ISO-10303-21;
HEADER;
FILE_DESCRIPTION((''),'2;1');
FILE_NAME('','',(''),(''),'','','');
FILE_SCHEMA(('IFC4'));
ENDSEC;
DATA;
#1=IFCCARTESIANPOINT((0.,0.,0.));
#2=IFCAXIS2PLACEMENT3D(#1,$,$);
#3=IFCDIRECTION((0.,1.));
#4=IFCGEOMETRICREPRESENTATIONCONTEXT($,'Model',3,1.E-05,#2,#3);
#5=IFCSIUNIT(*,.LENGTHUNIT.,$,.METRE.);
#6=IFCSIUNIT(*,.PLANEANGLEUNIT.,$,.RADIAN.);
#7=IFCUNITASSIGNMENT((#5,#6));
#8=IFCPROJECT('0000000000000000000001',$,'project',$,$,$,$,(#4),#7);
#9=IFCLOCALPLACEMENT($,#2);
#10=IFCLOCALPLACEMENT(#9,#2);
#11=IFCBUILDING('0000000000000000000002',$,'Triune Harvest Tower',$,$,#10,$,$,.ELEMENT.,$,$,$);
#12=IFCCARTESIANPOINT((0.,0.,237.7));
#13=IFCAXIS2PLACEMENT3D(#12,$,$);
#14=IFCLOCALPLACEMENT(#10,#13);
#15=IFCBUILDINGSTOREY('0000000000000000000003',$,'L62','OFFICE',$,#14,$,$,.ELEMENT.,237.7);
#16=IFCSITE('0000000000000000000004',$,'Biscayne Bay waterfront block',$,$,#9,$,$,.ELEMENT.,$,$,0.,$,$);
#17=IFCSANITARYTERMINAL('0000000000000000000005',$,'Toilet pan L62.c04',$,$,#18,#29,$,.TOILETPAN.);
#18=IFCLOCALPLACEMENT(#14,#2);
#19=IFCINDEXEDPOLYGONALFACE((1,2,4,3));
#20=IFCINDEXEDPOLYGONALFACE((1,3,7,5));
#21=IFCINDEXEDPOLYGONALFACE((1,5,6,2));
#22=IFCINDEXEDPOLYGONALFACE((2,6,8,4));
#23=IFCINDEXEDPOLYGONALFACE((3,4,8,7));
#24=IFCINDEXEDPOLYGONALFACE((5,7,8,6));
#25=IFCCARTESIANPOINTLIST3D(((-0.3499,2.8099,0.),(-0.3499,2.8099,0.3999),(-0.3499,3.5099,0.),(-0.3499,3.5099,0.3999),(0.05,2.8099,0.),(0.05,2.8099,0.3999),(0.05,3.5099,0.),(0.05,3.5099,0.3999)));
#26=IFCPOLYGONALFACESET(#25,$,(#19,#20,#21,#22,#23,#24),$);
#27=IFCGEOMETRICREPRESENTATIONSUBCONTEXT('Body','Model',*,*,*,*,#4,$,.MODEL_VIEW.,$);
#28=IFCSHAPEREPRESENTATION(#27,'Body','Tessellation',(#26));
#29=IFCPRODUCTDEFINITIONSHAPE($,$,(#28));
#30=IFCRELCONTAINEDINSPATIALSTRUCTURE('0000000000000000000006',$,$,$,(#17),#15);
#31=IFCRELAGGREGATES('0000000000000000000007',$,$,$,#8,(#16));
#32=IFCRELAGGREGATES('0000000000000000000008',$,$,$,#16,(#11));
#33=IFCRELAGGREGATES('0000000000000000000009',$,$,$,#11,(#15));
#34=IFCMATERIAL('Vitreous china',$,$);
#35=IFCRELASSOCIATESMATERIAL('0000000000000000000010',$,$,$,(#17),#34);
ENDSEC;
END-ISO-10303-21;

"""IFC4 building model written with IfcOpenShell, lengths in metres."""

from ifc_helpers import new_model, si_unit, direction, frame, origin, origin_2d, place, context, subcontext, project, spatial, rectangle, extrude, source, transform, mapped, material, element, save


model = new_model("IFC4")

# Units and contexts
model_context = context("Model", 3, precision=1e-05, world=origin(), true_north=direction((0.0, 1.0)))
body_context = subcontext(model_context, "Body", "Model", "MODEL_VIEW")
ifc_project = project(units=[si_unit("LENGTHUNIT", "METRE"), si_unit("PLANEANGLEUNIT", "RADIAN")], contexts=[model_context])

# Site, building, storey
site_placement = place(None, origin())
site = spatial("IfcSite", under=ifc_project, at=site_placement, Name="Biscayne Bay waterfront block", CompositionType="ELEMENT", RefElevation=0.0)
building_placement = place(site_placement, origin())
building = spatial("IfcBuilding", under=site, at=building_placement, Name="Triune Harvest Tower", CompositionType="ELEMENT")
storey_placement = place(building_placement, frame((0.0, 0.0, 237.7)))
storey = spatial("IfcBuildingStorey", under=building, at=storey_placement, Name="L62", Description="OFFICE", CompositionType="ELEMENT", Elevation=237.7)

# Sanitary terminal
ifc_material_1 = material(Name="Vitreous china")
shared_shape_1 = source(origin(), body_context, "Body", "SweptSolid", [
    extrude(rectangle(XDim=0.3999, YDim=0.7, at=origin_2d()), origin(), (0.0, 0.0, 1.0), 0.3999),
])
sanitary_terminal_placement = place(storey_placement, frame((-0.1499, 3.1599, 0.0), z_axis=(0.0, 0.0, 1.0), x_axis=(-1.0, 0.0, 0.0)))
element("IfcSanitaryTerminal", 1, at=sanitary_terminal_placement, inside=storey, material=ifc_material_1, Name="Toilet pan L62.c04", PredefinedType="TOILETPAN", context=body_context, shape_type="MappedRepresentation", body=[
    mapped(shared_shape_1, transform((0.0, 0.0, 0.0), scale=1.0)),
])

save(model, "model.ifc")
